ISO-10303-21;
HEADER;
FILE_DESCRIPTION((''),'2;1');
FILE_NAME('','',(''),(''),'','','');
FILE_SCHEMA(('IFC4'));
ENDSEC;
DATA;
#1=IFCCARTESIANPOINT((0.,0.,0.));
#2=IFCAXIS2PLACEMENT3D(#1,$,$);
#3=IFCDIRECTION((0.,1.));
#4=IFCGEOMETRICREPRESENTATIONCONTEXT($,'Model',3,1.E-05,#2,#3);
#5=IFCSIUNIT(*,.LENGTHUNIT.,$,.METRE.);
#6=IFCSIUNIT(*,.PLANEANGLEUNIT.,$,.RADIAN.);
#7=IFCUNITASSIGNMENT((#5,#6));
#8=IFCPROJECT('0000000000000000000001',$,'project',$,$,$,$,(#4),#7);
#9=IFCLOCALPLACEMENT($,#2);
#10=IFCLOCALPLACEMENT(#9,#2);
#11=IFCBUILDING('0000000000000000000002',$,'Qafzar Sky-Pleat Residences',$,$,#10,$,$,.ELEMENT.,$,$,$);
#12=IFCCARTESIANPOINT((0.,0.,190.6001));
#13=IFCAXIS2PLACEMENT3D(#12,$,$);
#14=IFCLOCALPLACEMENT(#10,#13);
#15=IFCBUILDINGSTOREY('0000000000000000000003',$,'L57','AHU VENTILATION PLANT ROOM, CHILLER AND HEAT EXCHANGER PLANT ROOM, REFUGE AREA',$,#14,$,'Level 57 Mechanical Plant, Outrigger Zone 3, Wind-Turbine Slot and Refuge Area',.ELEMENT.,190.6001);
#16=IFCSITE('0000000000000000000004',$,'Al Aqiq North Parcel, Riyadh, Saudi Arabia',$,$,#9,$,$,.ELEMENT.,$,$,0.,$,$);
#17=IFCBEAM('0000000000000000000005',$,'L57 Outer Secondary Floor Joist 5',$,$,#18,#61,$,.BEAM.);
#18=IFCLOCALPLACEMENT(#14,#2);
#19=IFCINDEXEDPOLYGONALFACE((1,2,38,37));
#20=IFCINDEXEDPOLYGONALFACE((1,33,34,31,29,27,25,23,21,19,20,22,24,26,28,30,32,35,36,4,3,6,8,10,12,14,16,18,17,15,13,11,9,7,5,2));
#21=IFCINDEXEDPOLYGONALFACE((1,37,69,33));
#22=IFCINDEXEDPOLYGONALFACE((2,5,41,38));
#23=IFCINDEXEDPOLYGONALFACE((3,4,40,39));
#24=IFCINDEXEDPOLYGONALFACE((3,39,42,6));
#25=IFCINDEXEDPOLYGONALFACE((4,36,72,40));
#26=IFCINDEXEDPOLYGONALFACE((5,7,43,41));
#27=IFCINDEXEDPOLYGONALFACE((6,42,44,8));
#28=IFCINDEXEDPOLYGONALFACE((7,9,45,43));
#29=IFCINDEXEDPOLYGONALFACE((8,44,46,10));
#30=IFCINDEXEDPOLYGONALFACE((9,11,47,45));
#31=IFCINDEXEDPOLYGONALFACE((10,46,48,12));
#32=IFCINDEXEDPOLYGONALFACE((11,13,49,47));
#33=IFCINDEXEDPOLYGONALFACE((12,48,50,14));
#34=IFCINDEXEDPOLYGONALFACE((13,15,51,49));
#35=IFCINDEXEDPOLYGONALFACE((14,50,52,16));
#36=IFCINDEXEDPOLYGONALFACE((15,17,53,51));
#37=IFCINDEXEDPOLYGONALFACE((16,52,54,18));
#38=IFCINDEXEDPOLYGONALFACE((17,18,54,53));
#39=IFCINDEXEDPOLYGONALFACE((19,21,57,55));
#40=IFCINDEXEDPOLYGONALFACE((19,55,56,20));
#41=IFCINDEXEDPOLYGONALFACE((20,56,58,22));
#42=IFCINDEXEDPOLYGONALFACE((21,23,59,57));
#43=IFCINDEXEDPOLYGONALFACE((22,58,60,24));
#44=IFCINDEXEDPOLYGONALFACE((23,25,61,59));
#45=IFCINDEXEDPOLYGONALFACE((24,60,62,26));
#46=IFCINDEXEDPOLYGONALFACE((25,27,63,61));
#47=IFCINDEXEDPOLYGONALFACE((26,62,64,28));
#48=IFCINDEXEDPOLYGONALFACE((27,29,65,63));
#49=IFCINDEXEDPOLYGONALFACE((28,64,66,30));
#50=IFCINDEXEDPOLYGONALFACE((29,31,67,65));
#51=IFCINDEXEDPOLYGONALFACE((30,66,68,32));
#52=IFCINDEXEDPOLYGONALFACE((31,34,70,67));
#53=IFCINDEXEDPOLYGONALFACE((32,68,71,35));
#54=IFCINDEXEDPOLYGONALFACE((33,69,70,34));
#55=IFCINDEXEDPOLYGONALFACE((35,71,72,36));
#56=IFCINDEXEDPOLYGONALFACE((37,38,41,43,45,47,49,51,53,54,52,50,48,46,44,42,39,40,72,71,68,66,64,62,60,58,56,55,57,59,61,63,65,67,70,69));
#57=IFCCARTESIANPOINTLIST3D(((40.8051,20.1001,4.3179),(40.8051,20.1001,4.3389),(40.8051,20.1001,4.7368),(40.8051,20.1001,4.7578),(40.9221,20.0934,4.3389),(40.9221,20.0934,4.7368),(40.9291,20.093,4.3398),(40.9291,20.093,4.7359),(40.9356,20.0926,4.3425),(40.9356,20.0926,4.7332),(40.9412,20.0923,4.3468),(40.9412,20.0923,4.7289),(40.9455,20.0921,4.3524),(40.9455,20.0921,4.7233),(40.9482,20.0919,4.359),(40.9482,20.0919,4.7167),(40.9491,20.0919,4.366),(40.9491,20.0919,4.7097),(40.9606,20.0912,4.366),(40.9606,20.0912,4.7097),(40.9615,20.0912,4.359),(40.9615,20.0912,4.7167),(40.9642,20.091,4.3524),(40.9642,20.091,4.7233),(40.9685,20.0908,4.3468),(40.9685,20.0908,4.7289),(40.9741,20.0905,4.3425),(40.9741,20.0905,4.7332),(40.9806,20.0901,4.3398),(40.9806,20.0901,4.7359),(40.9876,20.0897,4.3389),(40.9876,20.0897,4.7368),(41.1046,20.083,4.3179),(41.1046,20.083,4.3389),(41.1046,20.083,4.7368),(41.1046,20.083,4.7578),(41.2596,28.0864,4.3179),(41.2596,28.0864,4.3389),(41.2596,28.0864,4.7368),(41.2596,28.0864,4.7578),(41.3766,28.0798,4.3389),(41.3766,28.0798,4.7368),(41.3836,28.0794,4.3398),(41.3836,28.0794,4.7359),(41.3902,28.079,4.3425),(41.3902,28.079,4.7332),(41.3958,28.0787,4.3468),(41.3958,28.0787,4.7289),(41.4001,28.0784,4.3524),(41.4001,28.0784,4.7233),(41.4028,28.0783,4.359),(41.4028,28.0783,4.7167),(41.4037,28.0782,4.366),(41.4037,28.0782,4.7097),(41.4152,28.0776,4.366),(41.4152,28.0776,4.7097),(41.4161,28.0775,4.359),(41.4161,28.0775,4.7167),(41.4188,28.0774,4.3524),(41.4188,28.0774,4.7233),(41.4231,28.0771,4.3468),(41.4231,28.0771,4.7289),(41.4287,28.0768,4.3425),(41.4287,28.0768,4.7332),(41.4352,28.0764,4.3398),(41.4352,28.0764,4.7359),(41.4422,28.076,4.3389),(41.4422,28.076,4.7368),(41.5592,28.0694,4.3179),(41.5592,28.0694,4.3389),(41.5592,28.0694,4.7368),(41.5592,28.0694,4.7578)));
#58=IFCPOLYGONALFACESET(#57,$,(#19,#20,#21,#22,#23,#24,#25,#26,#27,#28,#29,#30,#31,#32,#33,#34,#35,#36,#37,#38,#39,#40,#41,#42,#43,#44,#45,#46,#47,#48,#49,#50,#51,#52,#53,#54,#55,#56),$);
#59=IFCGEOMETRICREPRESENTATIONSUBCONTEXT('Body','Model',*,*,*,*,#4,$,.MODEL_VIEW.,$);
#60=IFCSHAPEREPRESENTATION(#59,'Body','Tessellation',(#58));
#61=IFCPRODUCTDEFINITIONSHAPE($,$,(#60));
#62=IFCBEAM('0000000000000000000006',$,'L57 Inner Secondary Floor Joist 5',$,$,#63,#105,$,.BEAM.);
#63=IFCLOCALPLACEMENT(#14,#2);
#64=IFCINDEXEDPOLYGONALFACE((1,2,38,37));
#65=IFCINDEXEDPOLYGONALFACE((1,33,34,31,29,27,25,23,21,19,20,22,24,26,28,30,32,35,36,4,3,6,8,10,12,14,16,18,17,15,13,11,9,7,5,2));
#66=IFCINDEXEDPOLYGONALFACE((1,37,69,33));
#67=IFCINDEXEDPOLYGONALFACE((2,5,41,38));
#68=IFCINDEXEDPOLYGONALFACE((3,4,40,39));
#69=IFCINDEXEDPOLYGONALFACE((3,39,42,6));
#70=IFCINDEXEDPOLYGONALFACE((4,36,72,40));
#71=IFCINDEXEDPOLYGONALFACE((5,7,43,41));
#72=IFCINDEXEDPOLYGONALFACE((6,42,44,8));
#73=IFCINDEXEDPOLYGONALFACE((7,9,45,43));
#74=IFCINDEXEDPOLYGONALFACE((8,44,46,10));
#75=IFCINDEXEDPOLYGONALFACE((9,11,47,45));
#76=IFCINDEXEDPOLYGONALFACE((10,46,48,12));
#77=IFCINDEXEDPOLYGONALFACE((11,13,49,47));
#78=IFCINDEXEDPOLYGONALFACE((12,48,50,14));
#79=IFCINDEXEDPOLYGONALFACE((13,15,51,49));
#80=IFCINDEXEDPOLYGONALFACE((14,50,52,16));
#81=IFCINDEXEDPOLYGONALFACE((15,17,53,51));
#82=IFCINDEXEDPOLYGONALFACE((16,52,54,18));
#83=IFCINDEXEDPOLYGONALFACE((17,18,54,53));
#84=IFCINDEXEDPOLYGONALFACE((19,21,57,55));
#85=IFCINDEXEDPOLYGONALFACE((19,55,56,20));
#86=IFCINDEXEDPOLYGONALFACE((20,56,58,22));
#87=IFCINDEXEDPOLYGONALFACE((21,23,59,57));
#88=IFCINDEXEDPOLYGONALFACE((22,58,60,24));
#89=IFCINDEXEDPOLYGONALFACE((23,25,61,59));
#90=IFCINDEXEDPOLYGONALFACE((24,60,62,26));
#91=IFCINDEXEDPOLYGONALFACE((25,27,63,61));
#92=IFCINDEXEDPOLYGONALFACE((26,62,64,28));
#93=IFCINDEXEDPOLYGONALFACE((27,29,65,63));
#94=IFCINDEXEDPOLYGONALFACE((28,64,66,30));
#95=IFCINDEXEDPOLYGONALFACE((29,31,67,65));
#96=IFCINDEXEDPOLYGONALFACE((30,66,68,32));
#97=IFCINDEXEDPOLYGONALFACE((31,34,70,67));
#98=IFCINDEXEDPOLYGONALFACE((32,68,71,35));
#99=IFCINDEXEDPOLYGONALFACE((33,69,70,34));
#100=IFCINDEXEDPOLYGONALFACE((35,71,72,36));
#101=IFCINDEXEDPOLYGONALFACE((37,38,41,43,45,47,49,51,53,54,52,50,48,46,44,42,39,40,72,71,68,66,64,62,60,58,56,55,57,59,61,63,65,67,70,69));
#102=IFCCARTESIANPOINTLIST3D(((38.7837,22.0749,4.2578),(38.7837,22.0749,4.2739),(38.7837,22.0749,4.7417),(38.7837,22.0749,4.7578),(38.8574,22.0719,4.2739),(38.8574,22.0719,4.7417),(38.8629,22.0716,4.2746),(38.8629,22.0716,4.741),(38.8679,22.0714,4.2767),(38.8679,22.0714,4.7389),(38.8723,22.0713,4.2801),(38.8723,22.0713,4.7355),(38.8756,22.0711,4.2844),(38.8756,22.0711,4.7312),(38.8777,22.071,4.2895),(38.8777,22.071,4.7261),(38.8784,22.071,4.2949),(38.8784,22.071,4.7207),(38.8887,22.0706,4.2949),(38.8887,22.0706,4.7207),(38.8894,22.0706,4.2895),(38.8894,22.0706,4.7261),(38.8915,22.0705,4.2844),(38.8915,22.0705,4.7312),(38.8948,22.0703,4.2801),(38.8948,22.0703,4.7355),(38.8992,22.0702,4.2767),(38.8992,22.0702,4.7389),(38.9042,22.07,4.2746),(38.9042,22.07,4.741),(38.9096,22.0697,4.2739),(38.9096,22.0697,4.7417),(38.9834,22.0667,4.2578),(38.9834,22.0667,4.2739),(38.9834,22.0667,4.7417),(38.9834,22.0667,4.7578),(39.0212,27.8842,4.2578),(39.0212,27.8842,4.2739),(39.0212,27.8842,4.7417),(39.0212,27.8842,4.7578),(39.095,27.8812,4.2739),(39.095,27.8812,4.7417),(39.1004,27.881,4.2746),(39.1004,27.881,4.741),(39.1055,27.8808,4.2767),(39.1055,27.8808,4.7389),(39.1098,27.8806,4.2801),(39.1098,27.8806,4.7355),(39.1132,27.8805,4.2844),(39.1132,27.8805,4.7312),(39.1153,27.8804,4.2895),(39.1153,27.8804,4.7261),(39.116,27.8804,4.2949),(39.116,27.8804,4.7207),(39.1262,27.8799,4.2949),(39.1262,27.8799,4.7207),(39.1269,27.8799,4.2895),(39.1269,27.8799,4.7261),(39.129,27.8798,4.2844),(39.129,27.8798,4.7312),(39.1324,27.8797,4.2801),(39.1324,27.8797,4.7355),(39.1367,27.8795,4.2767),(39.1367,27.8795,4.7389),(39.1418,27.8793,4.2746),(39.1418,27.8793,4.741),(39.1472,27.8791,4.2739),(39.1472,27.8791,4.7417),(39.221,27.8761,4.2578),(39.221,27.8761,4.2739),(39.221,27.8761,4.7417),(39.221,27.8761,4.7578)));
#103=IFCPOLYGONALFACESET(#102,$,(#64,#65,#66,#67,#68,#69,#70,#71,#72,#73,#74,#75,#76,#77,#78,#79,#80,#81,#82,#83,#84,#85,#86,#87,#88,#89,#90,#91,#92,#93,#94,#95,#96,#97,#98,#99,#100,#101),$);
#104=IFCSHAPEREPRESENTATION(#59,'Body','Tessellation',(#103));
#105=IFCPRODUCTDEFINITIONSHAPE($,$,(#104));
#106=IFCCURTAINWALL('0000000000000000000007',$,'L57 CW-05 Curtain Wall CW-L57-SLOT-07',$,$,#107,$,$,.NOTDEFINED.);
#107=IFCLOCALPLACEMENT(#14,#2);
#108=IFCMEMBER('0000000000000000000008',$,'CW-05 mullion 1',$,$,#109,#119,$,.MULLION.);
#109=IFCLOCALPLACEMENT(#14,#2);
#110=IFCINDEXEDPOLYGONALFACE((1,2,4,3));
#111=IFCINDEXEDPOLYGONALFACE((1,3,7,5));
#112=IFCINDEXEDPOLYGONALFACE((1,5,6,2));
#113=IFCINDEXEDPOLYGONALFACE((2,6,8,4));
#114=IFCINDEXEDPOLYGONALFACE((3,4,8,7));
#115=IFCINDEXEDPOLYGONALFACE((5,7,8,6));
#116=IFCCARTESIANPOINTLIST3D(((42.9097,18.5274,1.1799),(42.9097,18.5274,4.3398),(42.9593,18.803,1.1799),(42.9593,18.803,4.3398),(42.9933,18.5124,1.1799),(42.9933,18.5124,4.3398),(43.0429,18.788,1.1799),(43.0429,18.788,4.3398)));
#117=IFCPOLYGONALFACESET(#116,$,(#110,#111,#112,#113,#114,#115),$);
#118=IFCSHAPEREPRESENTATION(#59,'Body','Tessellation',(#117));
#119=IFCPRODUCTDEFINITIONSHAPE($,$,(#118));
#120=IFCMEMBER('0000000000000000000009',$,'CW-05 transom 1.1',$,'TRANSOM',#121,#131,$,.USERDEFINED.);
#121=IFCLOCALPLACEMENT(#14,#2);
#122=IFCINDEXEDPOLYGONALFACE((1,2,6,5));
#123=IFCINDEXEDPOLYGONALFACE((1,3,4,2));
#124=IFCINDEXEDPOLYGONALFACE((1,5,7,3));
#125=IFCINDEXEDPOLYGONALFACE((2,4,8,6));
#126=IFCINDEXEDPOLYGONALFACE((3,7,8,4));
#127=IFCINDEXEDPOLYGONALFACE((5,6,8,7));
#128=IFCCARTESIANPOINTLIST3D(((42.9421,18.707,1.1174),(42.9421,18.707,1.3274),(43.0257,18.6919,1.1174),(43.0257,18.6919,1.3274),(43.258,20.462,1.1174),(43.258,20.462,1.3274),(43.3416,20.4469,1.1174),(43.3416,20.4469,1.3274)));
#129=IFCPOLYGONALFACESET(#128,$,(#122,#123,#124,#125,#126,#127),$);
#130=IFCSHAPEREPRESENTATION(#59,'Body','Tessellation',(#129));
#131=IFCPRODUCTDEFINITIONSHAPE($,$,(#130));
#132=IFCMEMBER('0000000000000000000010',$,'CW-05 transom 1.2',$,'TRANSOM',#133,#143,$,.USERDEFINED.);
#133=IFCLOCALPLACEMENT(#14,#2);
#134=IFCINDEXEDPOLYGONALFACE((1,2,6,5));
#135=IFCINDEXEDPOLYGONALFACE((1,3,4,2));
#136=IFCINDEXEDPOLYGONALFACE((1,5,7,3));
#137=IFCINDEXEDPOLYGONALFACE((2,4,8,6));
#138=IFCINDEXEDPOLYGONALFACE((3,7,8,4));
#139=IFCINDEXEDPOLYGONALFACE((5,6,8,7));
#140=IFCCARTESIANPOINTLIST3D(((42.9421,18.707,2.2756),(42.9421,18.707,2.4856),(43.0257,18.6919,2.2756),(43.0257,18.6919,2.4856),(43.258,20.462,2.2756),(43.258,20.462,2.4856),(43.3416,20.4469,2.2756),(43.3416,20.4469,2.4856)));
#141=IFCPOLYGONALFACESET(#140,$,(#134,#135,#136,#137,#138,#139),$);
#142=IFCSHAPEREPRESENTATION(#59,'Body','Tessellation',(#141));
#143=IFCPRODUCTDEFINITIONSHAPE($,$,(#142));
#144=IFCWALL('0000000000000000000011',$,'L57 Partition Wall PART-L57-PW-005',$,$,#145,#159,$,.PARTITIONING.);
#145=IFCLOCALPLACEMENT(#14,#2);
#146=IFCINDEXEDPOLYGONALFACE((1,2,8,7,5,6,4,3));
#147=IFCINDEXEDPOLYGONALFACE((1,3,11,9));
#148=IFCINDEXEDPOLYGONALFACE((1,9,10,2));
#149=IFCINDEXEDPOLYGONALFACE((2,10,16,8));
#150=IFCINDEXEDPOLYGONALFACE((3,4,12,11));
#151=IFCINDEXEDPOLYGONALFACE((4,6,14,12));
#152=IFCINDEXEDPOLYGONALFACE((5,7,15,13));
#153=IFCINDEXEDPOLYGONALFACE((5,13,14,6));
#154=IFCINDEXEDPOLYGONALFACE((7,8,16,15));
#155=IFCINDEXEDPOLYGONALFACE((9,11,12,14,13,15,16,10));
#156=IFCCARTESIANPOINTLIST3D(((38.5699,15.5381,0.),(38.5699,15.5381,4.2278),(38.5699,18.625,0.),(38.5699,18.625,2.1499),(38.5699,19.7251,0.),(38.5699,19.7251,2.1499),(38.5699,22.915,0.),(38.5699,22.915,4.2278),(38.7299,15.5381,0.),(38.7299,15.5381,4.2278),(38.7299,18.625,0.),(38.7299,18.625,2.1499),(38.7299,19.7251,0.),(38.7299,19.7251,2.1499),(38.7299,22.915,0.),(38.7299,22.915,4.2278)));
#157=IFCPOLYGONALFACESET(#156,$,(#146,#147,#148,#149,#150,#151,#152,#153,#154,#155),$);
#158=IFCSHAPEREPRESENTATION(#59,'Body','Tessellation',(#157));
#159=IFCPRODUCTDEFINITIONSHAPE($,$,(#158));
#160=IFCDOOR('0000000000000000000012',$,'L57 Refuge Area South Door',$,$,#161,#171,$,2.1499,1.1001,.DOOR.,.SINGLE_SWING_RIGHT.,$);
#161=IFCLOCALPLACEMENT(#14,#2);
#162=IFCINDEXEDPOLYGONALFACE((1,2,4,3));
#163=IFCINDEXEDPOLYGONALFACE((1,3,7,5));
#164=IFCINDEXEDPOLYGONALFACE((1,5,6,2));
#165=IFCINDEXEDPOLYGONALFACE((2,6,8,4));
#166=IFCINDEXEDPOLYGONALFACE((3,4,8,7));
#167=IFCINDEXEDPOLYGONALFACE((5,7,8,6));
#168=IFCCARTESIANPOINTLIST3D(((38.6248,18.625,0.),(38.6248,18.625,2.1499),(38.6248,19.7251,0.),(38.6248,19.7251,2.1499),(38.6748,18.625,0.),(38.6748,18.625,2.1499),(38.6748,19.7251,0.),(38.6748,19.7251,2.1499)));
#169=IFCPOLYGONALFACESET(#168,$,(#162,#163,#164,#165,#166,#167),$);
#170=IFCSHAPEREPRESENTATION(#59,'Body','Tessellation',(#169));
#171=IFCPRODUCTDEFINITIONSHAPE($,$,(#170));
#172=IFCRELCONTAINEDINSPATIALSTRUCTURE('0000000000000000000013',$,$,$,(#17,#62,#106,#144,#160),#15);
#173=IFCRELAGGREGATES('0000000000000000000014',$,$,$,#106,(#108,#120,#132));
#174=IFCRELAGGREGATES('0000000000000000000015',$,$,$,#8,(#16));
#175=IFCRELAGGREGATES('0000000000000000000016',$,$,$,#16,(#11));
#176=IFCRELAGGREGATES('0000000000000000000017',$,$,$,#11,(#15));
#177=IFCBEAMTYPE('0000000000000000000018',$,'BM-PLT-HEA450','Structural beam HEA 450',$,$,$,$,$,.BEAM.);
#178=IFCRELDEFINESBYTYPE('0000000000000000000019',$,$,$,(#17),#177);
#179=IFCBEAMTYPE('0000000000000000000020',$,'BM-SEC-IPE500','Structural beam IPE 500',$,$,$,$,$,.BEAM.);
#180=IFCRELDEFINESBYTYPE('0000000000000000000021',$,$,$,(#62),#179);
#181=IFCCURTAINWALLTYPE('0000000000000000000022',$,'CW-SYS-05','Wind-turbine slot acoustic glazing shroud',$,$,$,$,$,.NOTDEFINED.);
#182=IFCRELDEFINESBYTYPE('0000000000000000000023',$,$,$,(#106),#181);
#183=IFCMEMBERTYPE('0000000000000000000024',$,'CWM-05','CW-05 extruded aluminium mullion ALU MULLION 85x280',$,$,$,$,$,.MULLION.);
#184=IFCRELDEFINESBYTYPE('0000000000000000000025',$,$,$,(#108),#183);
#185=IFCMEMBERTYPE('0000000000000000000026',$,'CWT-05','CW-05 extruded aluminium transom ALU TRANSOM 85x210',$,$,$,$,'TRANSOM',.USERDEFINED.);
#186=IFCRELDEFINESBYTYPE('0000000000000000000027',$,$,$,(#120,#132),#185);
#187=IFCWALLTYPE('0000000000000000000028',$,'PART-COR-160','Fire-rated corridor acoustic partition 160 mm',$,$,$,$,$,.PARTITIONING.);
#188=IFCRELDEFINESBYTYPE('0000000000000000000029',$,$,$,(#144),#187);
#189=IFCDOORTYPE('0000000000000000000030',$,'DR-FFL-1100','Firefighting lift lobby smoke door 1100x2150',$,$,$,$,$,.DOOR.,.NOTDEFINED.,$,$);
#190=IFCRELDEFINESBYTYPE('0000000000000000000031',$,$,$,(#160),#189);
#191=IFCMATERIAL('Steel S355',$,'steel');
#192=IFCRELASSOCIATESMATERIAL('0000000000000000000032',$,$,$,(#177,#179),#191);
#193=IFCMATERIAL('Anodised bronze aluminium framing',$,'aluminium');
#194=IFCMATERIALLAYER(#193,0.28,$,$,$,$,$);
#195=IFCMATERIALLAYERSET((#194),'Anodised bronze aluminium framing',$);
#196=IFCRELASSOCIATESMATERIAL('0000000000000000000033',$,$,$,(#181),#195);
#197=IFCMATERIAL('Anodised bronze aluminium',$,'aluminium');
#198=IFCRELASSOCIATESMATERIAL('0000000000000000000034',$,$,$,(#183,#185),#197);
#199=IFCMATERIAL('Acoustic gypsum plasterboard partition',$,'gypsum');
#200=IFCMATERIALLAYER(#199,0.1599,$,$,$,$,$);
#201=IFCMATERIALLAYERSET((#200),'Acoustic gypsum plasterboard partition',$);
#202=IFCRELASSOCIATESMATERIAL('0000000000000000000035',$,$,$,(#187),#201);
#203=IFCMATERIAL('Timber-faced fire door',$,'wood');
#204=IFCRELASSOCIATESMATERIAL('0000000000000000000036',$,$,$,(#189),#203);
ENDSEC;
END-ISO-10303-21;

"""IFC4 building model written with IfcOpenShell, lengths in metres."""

from ifc_helpers import new_model, si_unit, direction, frame, frame_2d, origin, origin_2d, place, context, subcontext, project, spatial, rectangle, i_section, extrude, source, transform, mapped, material, layer, layer_set, material_profile, profile_set, type_object, element, fill, aggregate, save


model = new_model("IFC4")

# Units and contexts
model_context = context("Model", 3, precision=1e-05, world=origin(), true_north=direction((0.0, 1.0)))
body_context = subcontext(model_context, "Body", "Model", "MODEL_VIEW")
ifc_project = project(units=[si_unit("LENGTHUNIT", "METRE"), si_unit("PLANEANGLEUNIT", "RADIAN")], contexts=[model_context])

# Site, building, storey
site_placement = place(None, origin())
site = spatial("IfcSite", under=ifc_project, at=site_placement, Name="Al Aqiq North Parcel, Riyadh, Saudi Arabia", CompositionType="ELEMENT", RefElevation=0.0)
building_placement = place(site_placement, origin())
building = spatial("IfcBuilding", under=site, at=building_placement, Name="Qafzar Sky-Pleat Residences", CompositionType="ELEMENT")
storey_placement = place(building_placement, frame((0.0, 0.0, 190.6001)))
storey = spatial("IfcBuildingStorey", under=building, at=storey_placement, Name="L57", Description="AHU VENTILATION PLANT ROOM, CHILLER AND HEAT EXCHANGER PLANT ROOM, REFUGE AREA", LongName="Level 57 Mechanical Plant, Outrigger Zone 3, Wind-Turbine Slot and Refuge Area", CompositionType="ELEMENT", Elevation=190.6001)

# Beams
ifc_material_1 = material(Name="Steel S355", Category="steel")
ifc_material_profile_1 = material_profile(ifc_material_1, i_section(OverallWidth=0.3, OverallDepth=0.4399, WebThickness=0.0115, FlangeThickness=0.021, FilletRadius=0.0271, at=origin_2d()), Name="HEA 450")
ifc_profile_set_1 = profile_set([ifc_material_profile_1], Name="Steel S355")
beam_type_1 = type_object("IfcBeamType", Name="BM-PLT-HEA450", Description="Structural beam HEA 450", PredefinedType="BEAM", material=ifc_profile_set_1)
shared_shape_1 = source(origin(), body_context, "Body", "SweptSolid", [
    extrude(i_section(OverallWidth=0.3, OverallDepth=0.4399, WebThickness=0.0115, FlangeThickness=0.021, FilletRadius=0.0271, at=origin_2d()), origin(), (0.0, 0.0, 1.0), 7.9993),
])
beam_1_placement = place(storey_placement, frame((40.9548, 20.0916, 4.5378), z_axis=(0.056829, 0.998384, 0.0), x_axis=(-0.998384, 0.056829, 0.0)))
element("IfcBeam", 1, at=beam_1_placement, inside=storey, type_object=beam_type_1, Name="L57 Outer Secondary Floor Joist 5", PredefinedType="BEAM", context=body_context, shape_type="MappedRepresentation", body=[
    mapped(shared_shape_1, transform((0.0, 0.0, 0.0), x_axis=(1.0, 0.0, 0.0), y_axis=(0.0, 1.0, 0.0), z_axis=(0.0, 0.0, 1.0), scale=1.0)),
])
ifc_material_profile_2 = material_profile(ifc_material_1, i_section(OverallWidth=0.2, OverallDepth=0.5, WebThickness=0.0103, FlangeThickness=0.0161, FilletRadius=0.021, at=origin_2d()), Name="IPE 500")
ifc_profile_set_2 = profile_set([ifc_material_profile_2], Name="Steel S355")
beam_type_2 = type_object("IfcBeamType", Name="BM-SEC-IPE500", Description="Structural beam IPE 500", PredefinedType="BEAM", material=ifc_profile_set_2)
shared_shape_2 = source(origin(), body_context, "Body", "SweptSolid", [
    extrude(i_section(OverallWidth=0.2, OverallDepth=0.5, WebThickness=0.0103, FlangeThickness=0.0161, FilletRadius=0.021, at=origin_2d()), origin(), (0.0, 0.0, 1.0), 5.8142),
])
beam_2_placement = place(storey_placement, frame((38.8835, 22.0708, 4.5078), z_axis=(0.040857, 0.999165, 0.0), x_axis=(-0.999165, 0.040857, 0.0)))
element("IfcBeam", 2, at=beam_2_placement, inside=storey, type_object=beam_type_2, Name="L57 Inner Secondary Floor Joist 5", PredefinedType="BEAM", context=body_context, shape_type="MappedRepresentation", body=[
    mapped(shared_shape_2, transform((0.0, 0.0, 0.0), x_axis=(1.0, 0.0, 0.0), y_axis=(0.0, 1.0, 0.0), z_axis=(0.0, 0.0, 1.0), scale=1.0)),
])

# Curtain wall, members
ifc_material_2 = material(Name="Anodised bronze aluminium framing", Category="aluminium")
ifc_layer_1 = layer(ifc_material_2, 0.28)
ifc_layer_set_1 = layer_set([ifc_layer_1], Name="Anodised bronze aluminium framing")
curtain_wall_type = type_object("IfcCurtainWallType", Name="CW-SYS-05", Description="Wind-turbine slot acoustic glazing shroud", PredefinedType="NOTDEFINED", material=ifc_layer_set_1)
curtain_wall_placement = place(storey_placement, origin())
curtain_wall = element("IfcCurtainWall", 3, at=curtain_wall_placement, inside=storey, type_object=curtain_wall_type, Name="L57 CW-05 Curtain Wall CW-L57-SLOT-07", PredefinedType="NOTDEFINED")
ifc_material_3 = material(Name="Anodised bronze aluminium", Category="aluminium")
ifc_material_profile_3 = material_profile(ifc_material_3, rectangle(XDim=0.085, YDim=0.28, at=origin_2d()), Name="ALU MULLION 85x280")
ifc_profile_set_3 = profile_set([ifc_material_profile_3], Name="Anodised bronze aluminium")
member_type_1 = type_object("IfcMemberType", Name="CWM-05", Description="CW-05 extruded aluminium mullion ALU MULLION 85x280", PredefinedType="MULLION", material=ifc_profile_set_3)
shared_shape_3 = source(origin(), body_context, "Body", "SweptSolid", [
    extrude(rectangle(XDim=0.085, YDim=0.28, at=origin_2d()), origin(), (0.0, 0.0, 1.0), 3.1599),
])
member_1_placement = place(storey_placement, frame((42.9763, 18.6577, 1.1799), z_axis=(0.0, 0.0, 1.0), x_axis=(-0.984183, 0.177155, 0.0)))
member_1 = element("IfcMember", 4, at=member_1_placement, type_object=member_type_1, Name="CW-05 mullion 1", PredefinedType="MULLION", context=body_context, shape_type="MappedRepresentation", body=[
    mapped(shared_shape_3, transform((0.0, 0.0, 0.0), x_axis=(1.0, 0.0, 0.0), y_axis=(0.0, 1.0, 0.0), z_axis=(0.0, 0.0, 1.0), scale=1.0)),
])
ifc_material_profile_4 = material_profile(ifc_material_3, rectangle(XDim=0.085, YDim=0.21, at=origin_2d()), Name="ALU TRANSOM 85x210")
ifc_profile_set_4 = profile_set([ifc_material_profile_4], Name="Anodised bronze aluminium")
member_type_2 = type_object("IfcMemberType", Name="CWT-05", Description="CW-05 extruded aluminium transom ALU TRANSOM 85x210", ElementType="TRANSOM", PredefinedType="USERDEFINED", material=ifc_profile_set_4)
shared_shape_4 = source(origin(), body_context, "Body", "SweptSolid", [
    extrude(rectangle(XDim=0.085, YDim=0.21, at=origin_2d()), origin(), (0.0, 0.0, 1.0), 1.7832),
])
member_2_placement = place(storey_placement, frame((42.9839, 18.6995, 1.2224), z_axis=(0.177174, 0.98418, 0.0), x_axis=(-0.98418, 0.177174, 0.0)))
member_2 = element("IfcMember", 5, at=member_2_placement, type_object=member_type_2, Name="CW-05 transom 1.1", ObjectType="TRANSOM", PredefinedType="USERDEFINED", context=body_context, shape_type="MappedRepresentation", body=[
    mapped(shared_shape_4, transform((0.0, 0.0, 0.0), x_axis=(1.0, 0.0, 0.0), y_axis=(0.0, 1.0, 0.0), z_axis=(0.0, 0.0, 1.0), scale=1.0)),
])
member_3_placement = place(storey_placement, frame((42.9839, 18.6995, 2.3806), z_axis=(0.177174, 0.98418, 0.0), x_axis=(-0.98418, 0.177174, 0.0)))
member_3 = element("IfcMember", 6, at=member_3_placement, type_object=member_type_2, Name="CW-05 transom 1.2", ObjectType="TRANSOM", PredefinedType="USERDEFINED", context=body_context, shape_type="MappedRepresentation", body=[
    mapped(shared_shape_4, transform((0.0, 0.0, 0.0), x_axis=(1.0, 0.0, 0.0), y_axis=(0.0, 1.0, 0.0), z_axis=(0.0, 0.0, 1.0), scale=1.0)),
])
aggregate(curtain_wall, [member_1, member_2, member_3])

# Wall, opening, door
ifc_material_4 = material(Name="Acoustic gypsum plasterboard partition", Category="gypsum")
ifc_layer_2 = layer(ifc_material_4, 0.1599)
ifc_layer_set_2 = layer_set([ifc_layer_2], Name="Acoustic gypsum plasterboard partition")
wall_type_1 = type_object("IfcWallType", Name="PART-COR-160", Description="Fire-rated corridor acoustic partition 160 mm", PredefinedType="PARTITIONING", material=ifc_layer_set_2)
wall_1_placement = place(storey_placement, frame((38.6499, 22.915, 0.0), z_axis=(0.0, 0.0, 1.0), x_axis=(0.0, -1.0, 0.0)))
wall_1 = element("IfcWall", 7, at=wall_1_placement, inside=storey, type_object=wall_type_1, Name="L57 Partition Wall PART-L57-PW-005", PredefinedType="PARTITIONING", context=body_context, shape_type="SweptSolid", body=[
    extrude(rectangle(XDim=7.377, YDim=0.1599, at=frame_2d((3.6885, 0.0))), origin(), (0.0, 0.0, 1.0), 4.2278),
])
opening_1_placement = place(wall_1_placement, frame((3.1899, 0.0, 0.0)))
opening_1 = element("IfcOpeningElement", 8, at=opening_1_placement, cuts=wall_1, PredefinedType="OPENING", context=body_context, shape_type="SweptSolid", body=[
    extrude(rectangle(XDim=1.1001, YDim=2.1499, at=frame_2d((0.55, 1.075))), frame((0.0, 0.0898, 0.0), z_axis=(0.0, -1.0, 0.0), x_axis=(1.0, 0.0, 0.0)), (0.0, 0.0, 1.0), 0.1799),
])
ifc_material_5 = material(Name="Timber-faced fire door", Category="wood")
door_type_1 = type_object("IfcDoorType", Name="DR-FFL-1100", Description="Firefighting lift lobby smoke door 1100x2150", OperationType="NOTDEFINED", PredefinedType="DOOR", material=ifc_material_5)
shared_shape_5 = source(origin(), body_context, "Body", "SweptSolid", [
    extrude(rectangle(XDim=1.1001, YDim=2.1499, at=frame_2d((0.55, 1.075))), frame((0.0, 0.0249, 0.0), z_axis=(0.0, -1.0, 0.0), x_axis=(1.0, 0.0, 0.0)), (0.0, 0.0, 1.0), 0.05),
])
door_1_placement = place(opening_1_placement, origin())
door_1 = element("IfcDoor", 9, at=door_1_placement, inside=storey, type_object=door_type_1, Name="L57 Refuge Area South Door", OperationType="SINGLE_SWING_RIGHT", OverallHeight=2.1499, OverallWidth=1.1001, PredefinedType="DOOR", context=body_context, shape_type="MappedRepresentation", body=[
    mapped(shared_shape_5, transform((0.0, 0.0, 0.0), x_axis=(1.0, 0.0, 0.0), y_axis=(0.0, 1.0, 0.0), z_axis=(0.0, 0.0, 1.0), scale=1.0)),
])
fill(opening_1, door_1)

save(model, "model.ifc")
